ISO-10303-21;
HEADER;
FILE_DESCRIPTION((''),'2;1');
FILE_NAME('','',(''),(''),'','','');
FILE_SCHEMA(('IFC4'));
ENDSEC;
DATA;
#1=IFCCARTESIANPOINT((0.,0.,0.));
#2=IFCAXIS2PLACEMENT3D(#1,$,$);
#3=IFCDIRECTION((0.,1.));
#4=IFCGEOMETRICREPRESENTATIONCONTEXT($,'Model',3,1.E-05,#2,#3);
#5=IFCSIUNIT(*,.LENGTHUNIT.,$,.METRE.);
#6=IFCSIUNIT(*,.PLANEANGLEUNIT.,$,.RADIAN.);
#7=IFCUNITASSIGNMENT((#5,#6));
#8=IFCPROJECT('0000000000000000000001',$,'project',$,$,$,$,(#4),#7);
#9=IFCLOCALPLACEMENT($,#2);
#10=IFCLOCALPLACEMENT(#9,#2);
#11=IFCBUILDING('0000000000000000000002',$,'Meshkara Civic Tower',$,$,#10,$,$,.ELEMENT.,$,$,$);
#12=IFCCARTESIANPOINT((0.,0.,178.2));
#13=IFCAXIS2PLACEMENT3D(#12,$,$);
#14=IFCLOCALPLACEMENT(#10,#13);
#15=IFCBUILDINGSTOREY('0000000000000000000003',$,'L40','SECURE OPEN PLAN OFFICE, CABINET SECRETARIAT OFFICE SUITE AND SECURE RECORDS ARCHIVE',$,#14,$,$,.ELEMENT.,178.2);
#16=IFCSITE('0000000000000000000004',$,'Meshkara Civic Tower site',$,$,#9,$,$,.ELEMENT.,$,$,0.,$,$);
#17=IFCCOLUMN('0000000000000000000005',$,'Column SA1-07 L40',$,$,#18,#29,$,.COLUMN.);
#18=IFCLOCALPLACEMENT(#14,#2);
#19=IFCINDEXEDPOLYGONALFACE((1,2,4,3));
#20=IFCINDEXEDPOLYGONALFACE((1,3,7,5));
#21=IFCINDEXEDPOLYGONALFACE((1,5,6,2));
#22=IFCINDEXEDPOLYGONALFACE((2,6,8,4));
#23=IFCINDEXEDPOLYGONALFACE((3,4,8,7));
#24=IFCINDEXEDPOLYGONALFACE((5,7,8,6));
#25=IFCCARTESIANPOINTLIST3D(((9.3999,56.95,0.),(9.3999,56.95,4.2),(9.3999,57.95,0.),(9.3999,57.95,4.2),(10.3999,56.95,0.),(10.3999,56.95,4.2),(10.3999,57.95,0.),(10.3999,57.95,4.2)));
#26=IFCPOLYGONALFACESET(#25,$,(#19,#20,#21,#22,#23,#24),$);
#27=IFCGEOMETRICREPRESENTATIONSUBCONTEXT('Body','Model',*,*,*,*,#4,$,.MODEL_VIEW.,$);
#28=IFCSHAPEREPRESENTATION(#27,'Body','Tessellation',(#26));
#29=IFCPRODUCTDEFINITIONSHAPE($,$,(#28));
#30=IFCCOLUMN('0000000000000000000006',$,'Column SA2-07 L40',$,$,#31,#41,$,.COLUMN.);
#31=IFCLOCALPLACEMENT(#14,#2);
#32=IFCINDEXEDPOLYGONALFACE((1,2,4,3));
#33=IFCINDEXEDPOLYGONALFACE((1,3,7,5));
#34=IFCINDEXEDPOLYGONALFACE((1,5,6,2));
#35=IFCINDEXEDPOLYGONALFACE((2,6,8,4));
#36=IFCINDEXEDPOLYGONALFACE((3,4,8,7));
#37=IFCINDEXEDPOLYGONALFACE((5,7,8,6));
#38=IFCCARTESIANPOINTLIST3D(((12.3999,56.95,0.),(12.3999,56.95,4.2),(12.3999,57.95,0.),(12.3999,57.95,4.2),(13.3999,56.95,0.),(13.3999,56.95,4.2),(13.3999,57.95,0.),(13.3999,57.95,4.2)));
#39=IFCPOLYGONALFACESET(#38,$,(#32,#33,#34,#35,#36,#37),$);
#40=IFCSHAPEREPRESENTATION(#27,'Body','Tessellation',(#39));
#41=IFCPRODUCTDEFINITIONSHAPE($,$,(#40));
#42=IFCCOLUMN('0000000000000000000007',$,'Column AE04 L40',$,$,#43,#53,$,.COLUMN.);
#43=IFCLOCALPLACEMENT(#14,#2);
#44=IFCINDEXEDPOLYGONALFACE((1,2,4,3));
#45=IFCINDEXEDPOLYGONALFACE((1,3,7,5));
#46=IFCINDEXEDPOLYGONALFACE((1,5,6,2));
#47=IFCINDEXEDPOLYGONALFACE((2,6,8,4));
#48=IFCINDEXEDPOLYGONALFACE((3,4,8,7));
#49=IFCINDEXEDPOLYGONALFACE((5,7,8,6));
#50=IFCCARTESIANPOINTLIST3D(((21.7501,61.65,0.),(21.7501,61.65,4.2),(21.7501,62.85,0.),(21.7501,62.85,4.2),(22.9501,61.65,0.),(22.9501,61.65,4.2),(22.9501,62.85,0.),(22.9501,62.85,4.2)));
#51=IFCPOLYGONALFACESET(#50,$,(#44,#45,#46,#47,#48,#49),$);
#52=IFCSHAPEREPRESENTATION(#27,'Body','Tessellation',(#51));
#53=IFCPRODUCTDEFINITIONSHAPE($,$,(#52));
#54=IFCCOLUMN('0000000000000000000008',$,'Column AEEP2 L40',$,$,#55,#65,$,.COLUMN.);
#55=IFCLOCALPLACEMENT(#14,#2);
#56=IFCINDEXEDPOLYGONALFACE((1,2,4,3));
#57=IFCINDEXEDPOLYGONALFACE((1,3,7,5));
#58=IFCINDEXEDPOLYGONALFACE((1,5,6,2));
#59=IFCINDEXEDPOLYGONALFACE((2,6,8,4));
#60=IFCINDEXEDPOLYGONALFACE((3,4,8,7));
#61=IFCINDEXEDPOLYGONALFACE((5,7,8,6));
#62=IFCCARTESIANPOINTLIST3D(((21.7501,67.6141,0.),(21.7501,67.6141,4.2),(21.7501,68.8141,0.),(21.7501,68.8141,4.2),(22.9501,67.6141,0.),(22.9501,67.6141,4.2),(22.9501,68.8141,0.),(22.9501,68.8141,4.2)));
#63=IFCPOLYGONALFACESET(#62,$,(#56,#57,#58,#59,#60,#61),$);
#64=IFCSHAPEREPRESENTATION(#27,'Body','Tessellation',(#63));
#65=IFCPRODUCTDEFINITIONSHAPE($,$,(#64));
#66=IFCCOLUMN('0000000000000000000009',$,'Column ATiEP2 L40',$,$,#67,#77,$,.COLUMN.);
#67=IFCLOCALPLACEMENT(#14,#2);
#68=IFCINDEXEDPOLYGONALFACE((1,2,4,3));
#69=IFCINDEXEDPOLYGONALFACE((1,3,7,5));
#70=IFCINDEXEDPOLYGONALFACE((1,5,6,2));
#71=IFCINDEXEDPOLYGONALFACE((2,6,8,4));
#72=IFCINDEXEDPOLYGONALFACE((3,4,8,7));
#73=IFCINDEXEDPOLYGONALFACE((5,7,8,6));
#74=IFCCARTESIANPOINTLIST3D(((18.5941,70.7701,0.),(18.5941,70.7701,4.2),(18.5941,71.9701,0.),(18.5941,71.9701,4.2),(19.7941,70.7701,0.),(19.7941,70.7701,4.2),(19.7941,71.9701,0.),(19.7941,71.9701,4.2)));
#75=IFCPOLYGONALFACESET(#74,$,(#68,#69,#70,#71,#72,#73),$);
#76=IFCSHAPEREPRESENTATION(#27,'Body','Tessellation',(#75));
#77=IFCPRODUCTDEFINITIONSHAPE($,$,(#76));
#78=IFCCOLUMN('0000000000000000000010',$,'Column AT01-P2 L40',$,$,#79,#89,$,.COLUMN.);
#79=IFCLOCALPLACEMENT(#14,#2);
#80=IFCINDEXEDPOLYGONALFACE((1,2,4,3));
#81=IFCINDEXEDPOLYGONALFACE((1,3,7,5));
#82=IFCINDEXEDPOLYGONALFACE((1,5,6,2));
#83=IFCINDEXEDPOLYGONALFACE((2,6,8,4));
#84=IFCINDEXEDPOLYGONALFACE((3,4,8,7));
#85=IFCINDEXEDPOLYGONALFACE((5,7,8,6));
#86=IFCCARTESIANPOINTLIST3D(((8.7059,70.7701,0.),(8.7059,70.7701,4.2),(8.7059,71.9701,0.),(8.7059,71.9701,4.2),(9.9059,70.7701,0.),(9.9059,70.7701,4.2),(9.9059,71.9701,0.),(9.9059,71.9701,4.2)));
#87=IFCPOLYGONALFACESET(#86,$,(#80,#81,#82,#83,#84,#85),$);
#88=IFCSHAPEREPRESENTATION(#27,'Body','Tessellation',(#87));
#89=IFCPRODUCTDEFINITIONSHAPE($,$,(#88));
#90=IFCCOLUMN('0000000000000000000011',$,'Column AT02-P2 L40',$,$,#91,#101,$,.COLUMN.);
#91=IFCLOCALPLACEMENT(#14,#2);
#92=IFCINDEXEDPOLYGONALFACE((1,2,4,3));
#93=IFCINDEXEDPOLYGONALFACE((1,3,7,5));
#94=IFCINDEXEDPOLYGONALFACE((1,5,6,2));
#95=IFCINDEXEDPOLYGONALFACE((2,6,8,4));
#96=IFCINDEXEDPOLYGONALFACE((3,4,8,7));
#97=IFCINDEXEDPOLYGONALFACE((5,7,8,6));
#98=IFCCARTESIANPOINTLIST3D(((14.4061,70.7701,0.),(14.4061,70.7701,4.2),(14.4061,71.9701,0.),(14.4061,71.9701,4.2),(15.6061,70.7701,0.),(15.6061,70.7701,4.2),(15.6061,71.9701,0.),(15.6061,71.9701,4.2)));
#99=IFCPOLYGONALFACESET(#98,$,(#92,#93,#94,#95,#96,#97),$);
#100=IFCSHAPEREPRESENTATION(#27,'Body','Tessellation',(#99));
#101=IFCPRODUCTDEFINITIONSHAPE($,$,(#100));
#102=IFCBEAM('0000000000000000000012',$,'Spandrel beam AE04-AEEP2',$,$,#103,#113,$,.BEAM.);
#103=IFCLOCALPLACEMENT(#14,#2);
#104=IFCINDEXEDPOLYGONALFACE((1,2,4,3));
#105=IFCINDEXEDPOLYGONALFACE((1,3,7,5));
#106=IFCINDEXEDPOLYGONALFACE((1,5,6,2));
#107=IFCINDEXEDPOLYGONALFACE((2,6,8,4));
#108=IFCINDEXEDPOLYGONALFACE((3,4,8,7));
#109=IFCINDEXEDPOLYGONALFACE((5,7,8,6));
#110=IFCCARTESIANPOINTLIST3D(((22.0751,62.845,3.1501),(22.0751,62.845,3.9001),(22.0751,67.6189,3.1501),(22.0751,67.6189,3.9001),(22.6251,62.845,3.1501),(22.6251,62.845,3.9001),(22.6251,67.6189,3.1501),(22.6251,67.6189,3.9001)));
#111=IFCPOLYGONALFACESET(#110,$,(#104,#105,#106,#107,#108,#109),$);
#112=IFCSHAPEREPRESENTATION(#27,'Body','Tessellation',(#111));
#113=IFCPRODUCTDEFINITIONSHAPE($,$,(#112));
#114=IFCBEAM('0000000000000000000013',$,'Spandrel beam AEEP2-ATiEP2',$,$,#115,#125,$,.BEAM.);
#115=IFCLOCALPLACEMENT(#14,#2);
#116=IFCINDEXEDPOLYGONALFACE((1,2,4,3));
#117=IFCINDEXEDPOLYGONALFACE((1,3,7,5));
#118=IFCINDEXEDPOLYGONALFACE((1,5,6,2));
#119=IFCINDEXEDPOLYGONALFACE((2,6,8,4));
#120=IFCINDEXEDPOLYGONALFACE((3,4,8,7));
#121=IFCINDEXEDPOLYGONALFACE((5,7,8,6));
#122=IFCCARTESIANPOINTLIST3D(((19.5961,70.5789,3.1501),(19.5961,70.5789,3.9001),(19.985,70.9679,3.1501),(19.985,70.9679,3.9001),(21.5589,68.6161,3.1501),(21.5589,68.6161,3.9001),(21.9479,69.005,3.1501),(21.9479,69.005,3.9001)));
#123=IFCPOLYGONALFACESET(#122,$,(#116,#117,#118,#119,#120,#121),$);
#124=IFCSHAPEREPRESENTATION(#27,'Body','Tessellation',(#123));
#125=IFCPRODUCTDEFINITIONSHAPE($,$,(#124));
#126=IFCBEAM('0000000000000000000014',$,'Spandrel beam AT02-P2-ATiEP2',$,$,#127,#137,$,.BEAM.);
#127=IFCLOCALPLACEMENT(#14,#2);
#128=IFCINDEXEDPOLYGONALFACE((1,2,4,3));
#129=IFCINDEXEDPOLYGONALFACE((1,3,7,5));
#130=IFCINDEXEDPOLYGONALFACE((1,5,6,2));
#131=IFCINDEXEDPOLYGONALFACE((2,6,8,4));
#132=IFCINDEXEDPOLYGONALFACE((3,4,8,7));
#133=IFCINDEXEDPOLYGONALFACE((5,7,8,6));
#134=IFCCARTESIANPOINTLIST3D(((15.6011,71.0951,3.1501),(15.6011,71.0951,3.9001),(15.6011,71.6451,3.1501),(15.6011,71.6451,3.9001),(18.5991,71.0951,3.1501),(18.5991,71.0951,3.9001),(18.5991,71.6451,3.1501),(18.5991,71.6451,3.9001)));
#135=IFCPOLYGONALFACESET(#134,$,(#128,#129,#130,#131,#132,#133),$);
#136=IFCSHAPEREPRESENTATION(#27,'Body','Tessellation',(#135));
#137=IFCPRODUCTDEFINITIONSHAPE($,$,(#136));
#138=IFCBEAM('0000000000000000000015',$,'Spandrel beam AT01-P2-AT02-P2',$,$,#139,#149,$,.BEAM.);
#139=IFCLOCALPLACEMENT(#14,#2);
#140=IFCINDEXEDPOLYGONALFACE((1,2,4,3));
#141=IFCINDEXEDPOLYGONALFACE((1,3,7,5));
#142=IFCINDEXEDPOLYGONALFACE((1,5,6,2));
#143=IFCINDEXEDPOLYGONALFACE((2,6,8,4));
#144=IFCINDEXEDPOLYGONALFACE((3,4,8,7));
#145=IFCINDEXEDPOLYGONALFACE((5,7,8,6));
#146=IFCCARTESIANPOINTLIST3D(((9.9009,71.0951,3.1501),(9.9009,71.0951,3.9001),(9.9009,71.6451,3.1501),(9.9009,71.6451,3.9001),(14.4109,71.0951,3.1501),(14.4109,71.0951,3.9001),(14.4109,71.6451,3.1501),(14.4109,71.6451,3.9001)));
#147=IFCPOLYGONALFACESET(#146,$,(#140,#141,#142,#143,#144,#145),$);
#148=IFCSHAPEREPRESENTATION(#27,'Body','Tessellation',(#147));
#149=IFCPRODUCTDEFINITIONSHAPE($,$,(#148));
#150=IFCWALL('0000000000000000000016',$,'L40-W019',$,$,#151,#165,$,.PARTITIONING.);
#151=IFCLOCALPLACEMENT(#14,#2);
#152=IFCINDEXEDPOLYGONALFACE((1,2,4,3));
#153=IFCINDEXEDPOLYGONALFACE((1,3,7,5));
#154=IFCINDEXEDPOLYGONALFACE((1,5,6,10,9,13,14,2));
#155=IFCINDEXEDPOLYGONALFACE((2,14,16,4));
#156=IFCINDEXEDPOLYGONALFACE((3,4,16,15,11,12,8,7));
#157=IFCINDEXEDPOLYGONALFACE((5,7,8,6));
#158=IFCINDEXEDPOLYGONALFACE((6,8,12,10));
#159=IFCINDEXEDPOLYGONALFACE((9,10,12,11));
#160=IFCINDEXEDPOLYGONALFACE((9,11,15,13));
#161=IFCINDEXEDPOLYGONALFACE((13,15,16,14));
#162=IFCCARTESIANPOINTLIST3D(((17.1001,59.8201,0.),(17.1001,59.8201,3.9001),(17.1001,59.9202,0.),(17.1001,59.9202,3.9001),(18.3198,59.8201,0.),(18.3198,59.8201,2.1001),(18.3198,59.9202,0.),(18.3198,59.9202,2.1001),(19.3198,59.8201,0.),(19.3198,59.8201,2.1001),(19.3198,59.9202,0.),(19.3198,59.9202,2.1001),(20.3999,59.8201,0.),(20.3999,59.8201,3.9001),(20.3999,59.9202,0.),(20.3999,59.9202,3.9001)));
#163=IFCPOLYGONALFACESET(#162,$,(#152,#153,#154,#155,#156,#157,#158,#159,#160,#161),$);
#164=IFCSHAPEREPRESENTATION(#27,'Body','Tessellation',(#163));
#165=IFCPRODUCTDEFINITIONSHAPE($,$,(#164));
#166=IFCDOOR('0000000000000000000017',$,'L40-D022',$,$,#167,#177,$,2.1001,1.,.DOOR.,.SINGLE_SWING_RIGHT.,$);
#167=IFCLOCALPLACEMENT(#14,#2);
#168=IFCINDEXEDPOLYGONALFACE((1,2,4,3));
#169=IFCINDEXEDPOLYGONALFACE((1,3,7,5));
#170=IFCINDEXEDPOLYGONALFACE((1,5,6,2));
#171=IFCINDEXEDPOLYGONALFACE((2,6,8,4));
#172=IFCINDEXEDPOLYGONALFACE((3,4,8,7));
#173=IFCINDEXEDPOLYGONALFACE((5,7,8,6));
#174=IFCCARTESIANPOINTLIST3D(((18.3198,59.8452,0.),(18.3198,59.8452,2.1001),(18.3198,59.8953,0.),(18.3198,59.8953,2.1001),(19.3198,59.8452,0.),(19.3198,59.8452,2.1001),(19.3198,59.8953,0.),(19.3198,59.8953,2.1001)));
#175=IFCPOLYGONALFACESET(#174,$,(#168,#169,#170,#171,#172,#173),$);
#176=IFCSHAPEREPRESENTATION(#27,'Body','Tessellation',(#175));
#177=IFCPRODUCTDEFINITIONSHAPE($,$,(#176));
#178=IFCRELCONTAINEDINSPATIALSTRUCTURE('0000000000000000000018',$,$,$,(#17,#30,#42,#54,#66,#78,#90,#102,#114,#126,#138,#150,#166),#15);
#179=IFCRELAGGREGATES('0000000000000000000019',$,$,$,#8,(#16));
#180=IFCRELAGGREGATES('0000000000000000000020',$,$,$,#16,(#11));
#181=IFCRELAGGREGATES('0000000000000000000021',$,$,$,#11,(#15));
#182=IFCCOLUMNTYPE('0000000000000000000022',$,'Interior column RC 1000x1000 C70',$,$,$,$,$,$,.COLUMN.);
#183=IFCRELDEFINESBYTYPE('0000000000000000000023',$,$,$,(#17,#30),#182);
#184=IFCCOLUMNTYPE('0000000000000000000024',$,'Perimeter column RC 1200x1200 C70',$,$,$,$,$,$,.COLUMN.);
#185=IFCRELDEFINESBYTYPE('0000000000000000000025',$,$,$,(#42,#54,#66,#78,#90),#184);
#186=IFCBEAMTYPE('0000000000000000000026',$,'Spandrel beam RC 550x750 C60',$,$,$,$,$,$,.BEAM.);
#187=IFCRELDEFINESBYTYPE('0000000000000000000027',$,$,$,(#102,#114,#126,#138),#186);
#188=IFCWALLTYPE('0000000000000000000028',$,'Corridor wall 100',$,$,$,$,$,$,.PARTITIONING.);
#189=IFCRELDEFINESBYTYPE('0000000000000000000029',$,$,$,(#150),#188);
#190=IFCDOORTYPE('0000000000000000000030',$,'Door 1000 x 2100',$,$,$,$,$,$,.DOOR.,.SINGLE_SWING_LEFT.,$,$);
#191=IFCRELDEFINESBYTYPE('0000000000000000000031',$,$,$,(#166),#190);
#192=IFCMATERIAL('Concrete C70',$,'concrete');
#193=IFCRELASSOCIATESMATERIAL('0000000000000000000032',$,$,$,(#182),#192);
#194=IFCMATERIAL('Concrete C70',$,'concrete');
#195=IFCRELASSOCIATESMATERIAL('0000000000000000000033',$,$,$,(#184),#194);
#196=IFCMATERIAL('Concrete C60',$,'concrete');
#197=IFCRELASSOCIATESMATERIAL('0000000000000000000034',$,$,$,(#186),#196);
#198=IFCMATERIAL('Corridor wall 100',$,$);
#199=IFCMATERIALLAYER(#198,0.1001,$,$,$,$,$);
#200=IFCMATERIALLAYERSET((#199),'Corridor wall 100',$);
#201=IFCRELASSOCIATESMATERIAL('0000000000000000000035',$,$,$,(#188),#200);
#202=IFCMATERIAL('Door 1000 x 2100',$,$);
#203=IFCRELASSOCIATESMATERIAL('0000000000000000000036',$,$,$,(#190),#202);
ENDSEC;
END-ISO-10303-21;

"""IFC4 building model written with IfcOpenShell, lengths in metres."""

from ifc_helpers import new_model, si_unit, direction, frame, frame_2d, origin, origin_2d, place, context, subcontext, project, spatial, rectangle, extrude, material, layer, layer_set, material_profile, profile_set, type_object, element, fill, save


model = new_model("IFC4")

# Units and contexts
model_context = context("Model", 3, precision=1e-05, world=origin(), true_north=direction((0.0, 1.0)))
body_context = subcontext(model_context, "Body", "Model", "MODEL_VIEW")
ifc_project = project(units=[si_unit("LENGTHUNIT", "METRE"), si_unit("PLANEANGLEUNIT", "RADIAN")], contexts=[model_context])

# Site, building, storey
site_placement = place(None, origin())
site = spatial("IfcSite", under=ifc_project, at=site_placement, Name="Meshkara Civic Tower site", CompositionType="ELEMENT", RefElevation=0.0)
building_placement = place(site_placement, origin())
building = spatial("IfcBuilding", under=site, at=building_placement, Name="Meshkara Civic Tower", CompositionType="ELEMENT")
storey_placement = place(building_placement, frame((0.0, 0.0, 178.2)))
storey = spatial("IfcBuildingStorey", under=building, at=storey_placement, Name="L40", Description="SECURE OPEN PLAN OFFICE, CABINET SECRETARIAT OFFICE SUITE AND SECURE RECORDS ARCHIVE", CompositionType="ELEMENT", Elevation=178.2)

# Columns
ifc_material_1 = material(Name="Concrete C70", Category="concrete")
ifc_material_profile_1 = material_profile(ifc_material_1, rectangle(XDim=1.0, YDim=1.0, at=origin_2d()))
ifc_profile_set_1 = profile_set([ifc_material_profile_1], Name="Concrete C70")
column_type_1 = type_object("IfcColumnType", Name="Interior column RC 1000x1000 C70", PredefinedType="COLUMN", material=ifc_profile_set_1)
for number, where, z_axis, x_axis, name in (
    (1, (9.8999, 57.45, 0.0), (0.0, 0.0, 1.0), (1.0, 0.0, 0.0), "Column SA1-07 L40"),
    (2, (12.8999, 57.45, 0.0), (0.0, 0.0, 1.0), (1.0, 0.0, 0.0), "Column SA2-07 L40"),
):
    element("IfcColumn", number, at=place(storey_placement, frame(where, z_axis=z_axis, x_axis=x_axis)), inside=storey, type_object=column_type_1, Name=name, PredefinedType="COLUMN", context=body_context, shape_type="SweptSolid", body=[
        extrude(rectangle(XDim=1.0, YDim=1.0, at=origin_2d()), origin(), (0.0, 0.0, 1.0), 4.2),
    ])
ifc_material_2 = material(Name="Concrete C70", Category="concrete")
ifc_material_profile_2 = material_profile(ifc_material_2, rectangle(XDim=1.2, YDim=1.2, at=origin_2d()))
ifc_profile_set_2 = profile_set([ifc_material_profile_2], Name="Concrete C70")
column_type_2 = type_object("IfcColumnType", Name="Perimeter column RC 1200x1200 C70", PredefinedType="COLUMN", material=ifc_profile_set_2)
for number, where, z_axis, x_axis, name in (
    (3, (22.3501, 62.25, 0.0), (0.0, 0.0, 1.0), (1.0, 0.0, 0.0), "Column AE04 L40"),
    (4, (22.3501, 68.2141, 0.0), (0.0, 0.0, 1.0), (1.0, 0.0, 0.0), "Column AEEP2 L40"),
    (5, (19.1941, 71.3701, 0.0), (0.0, 0.0, 1.0), (1.0, 0.0, 0.0), "Column ATiEP2 L40"),
    (6, (9.3059, 71.3701, 0.0), (0.0, 0.0, 1.0), (1.0, 0.0, 0.0), "Column AT01-P2 L40"),
    (7, (15.0061, 71.3701, 0.0), (0.0, 0.0, 1.0), (1.0, 0.0, 0.0), "Column AT02-P2 L40"),
):
    element("IfcColumn", number, at=place(storey_placement, frame(where, z_axis=z_axis, x_axis=x_axis)), inside=storey, type_object=column_type_2, Name=name, PredefinedType="COLUMN", context=body_context, shape_type="SweptSolid", body=[
        extrude(rectangle(XDim=1.2, YDim=1.2, at=origin_2d()), origin(), (0.0, 0.0, 1.0), 4.2),
    ])

# Beams
ifc_material_3 = material(Name="Concrete C60", Category="concrete")
ifc_material_profile_3 = material_profile(ifc_material_3, rectangle(XDim=0.55, YDim=0.75, at=origin_2d()))
ifc_profile_set_3 = profile_set([ifc_material_profile_3], Name="Concrete C60")
beam_type = type_object("IfcBeamType", Name="Spandrel beam RC 550x750 C60", PredefinedType="BEAM", material=ifc_profile_set_3)
beam_1_placement = place(storey_placement, frame((22.3501, 62.845, 3.5251), z_axis=(0.0, 1.0, 0.0), x_axis=(-1.0, 0.0, 0.0)))
element("IfcBeam", 8, at=beam_1_placement, inside=storey, type_object=beam_type, Name="Spandrel beam AE04-AEEP2", PredefinedType="BEAM", context=body_context, shape_type="SweptSolid", body=[
    extrude(rectangle(XDim=0.55, YDim=0.75, at=origin_2d()), origin(), (0.0, 0.0, 1.0), 4.7739),
])
beam_2_placement = place(storey_placement, frame((21.7534, 68.8105, 3.5251), z_axis=(-0.707107, 0.707107, 0.0), x_axis=(-0.707107, -0.707107, 0.0)))
element("IfcBeam", 9, at=beam_2_placement, inside=storey, type_object=beam_type, Name="Spandrel beam AEEP2-ATiEP2", PredefinedType="BEAM", context=body_context, shape_type="SweptSolid", body=[
    extrude(rectangle(XDim=0.55, YDim=0.75, at=origin_2d()), origin(), (0.0, 0.0, 1.0), 2.7759),
])
beam_3_placement = place(storey_placement, frame((18.5991, 71.3701, 3.5251), z_axis=(-1.0, 0.0, 0.0), x_axis=(0.0, -1.0, 0.0)))
element("IfcBeam", 10, at=beam_3_placement, inside=storey, type_object=beam_type, Name="Spandrel beam AT02-P2-ATiEP2", PredefinedType="BEAM", context=body_context, shape_type="SweptSolid", body=[
    extrude(rectangle(XDim=0.55, YDim=0.75, at=origin_2d()), origin(), (0.0, 0.0, 1.0), 2.998),
])
beam_4_placement = place(storey_placement, frame((14.4109, 71.3701, 3.5251), z_axis=(-1.0, 0.0, 0.0), x_axis=(0.0, -1.0, 0.0)))
element("IfcBeam", 11, at=beam_4_placement, inside=storey, type_object=beam_type, Name="Spandrel beam AT01-P2-AT02-P2", PredefinedType="BEAM", context=body_context, shape_type="SweptSolid", body=[
    extrude(rectangle(XDim=0.55, YDim=0.75, at=origin_2d()), origin(), (0.0, 0.0, 1.0), 4.51),
])

# Wall, opening, door
ifc_material_4 = material(Name="Corridor wall 100")
ifc_layer_1 = layer(ifc_material_4, 0.1001)
ifc_layer_set_1 = layer_set([ifc_layer_1], Name="Corridor wall 100")
wall_type_1 = type_object("IfcWallType", Name="Corridor wall 100", PredefinedType="PARTITIONING", material=ifc_layer_set_1)
wall_1_placement = place(storey_placement, frame((20.3999, 59.8701, 0.0), z_axis=(0.0, 0.0, 1.0), x_axis=(-1.0, 0.0, 0.0)))
wall_1 = element("IfcWall", 12, at=wall_1_placement, inside=storey, type_object=wall_type_1, Name="L40-W019", PredefinedType="PARTITIONING", context=body_context, shape_type="SweptSolid", body=[
    extrude(rectangle(XDim=3.2998, YDim=0.1001, at=frame_2d((1.6499, 0.0))), origin(), (0.0, 0.0, 1.0), 3.9001),
])
opening_1_placement = place(wall_1_placement, frame((1.0801, 0.0, 0.0)))
opening_1 = element("IfcOpeningElement", 13, at=opening_1_placement, cuts=wall_1, PredefinedType="OPENING", context=body_context, shape_type="SweptSolid", body=[
    extrude(rectangle(XDim=1.0, YDim=2.1001, at=frame_2d((0.5, 1.05))), frame((0.0, 0.0601, 0.0), z_axis=(0.0, -1.0, 0.0), x_axis=(1.0, 0.0, 0.0)), (0.0, 0.0, 1.0), 0.1201),
])
ifc_material_5 = material(Name="Door 1000 x 2100")
door_type_1 = type_object("IfcDoorType", Name="Door 1000 x 2100", OperationType="SINGLE_SWING_LEFT", PredefinedType="DOOR", material=ifc_material_5)
door_1_placement = place(opening_1_placement, origin())
door_1 = element("IfcDoor", 14, at=door_1_placement, inside=storey, type_object=door_type_1, Name="L40-D022", OperationType="SINGLE_SWING_RIGHT", OverallHeight=2.1001, OverallWidth=1.0, PredefinedType="DOOR", context=body_context, shape_type="SweptSolid", body=[
    extrude(rectangle(XDim=1.0, YDim=2.1001, at=frame_2d((0.5, 1.05))), frame((0.0, 0.0249, 0.0), z_axis=(0.0, -1.0, 0.0), x_axis=(1.0, 0.0, 0.0)), (0.0, 0.0, 1.0), 0.05),
])
fill(opening_1, door_1)

save(model, "model.ifc")
